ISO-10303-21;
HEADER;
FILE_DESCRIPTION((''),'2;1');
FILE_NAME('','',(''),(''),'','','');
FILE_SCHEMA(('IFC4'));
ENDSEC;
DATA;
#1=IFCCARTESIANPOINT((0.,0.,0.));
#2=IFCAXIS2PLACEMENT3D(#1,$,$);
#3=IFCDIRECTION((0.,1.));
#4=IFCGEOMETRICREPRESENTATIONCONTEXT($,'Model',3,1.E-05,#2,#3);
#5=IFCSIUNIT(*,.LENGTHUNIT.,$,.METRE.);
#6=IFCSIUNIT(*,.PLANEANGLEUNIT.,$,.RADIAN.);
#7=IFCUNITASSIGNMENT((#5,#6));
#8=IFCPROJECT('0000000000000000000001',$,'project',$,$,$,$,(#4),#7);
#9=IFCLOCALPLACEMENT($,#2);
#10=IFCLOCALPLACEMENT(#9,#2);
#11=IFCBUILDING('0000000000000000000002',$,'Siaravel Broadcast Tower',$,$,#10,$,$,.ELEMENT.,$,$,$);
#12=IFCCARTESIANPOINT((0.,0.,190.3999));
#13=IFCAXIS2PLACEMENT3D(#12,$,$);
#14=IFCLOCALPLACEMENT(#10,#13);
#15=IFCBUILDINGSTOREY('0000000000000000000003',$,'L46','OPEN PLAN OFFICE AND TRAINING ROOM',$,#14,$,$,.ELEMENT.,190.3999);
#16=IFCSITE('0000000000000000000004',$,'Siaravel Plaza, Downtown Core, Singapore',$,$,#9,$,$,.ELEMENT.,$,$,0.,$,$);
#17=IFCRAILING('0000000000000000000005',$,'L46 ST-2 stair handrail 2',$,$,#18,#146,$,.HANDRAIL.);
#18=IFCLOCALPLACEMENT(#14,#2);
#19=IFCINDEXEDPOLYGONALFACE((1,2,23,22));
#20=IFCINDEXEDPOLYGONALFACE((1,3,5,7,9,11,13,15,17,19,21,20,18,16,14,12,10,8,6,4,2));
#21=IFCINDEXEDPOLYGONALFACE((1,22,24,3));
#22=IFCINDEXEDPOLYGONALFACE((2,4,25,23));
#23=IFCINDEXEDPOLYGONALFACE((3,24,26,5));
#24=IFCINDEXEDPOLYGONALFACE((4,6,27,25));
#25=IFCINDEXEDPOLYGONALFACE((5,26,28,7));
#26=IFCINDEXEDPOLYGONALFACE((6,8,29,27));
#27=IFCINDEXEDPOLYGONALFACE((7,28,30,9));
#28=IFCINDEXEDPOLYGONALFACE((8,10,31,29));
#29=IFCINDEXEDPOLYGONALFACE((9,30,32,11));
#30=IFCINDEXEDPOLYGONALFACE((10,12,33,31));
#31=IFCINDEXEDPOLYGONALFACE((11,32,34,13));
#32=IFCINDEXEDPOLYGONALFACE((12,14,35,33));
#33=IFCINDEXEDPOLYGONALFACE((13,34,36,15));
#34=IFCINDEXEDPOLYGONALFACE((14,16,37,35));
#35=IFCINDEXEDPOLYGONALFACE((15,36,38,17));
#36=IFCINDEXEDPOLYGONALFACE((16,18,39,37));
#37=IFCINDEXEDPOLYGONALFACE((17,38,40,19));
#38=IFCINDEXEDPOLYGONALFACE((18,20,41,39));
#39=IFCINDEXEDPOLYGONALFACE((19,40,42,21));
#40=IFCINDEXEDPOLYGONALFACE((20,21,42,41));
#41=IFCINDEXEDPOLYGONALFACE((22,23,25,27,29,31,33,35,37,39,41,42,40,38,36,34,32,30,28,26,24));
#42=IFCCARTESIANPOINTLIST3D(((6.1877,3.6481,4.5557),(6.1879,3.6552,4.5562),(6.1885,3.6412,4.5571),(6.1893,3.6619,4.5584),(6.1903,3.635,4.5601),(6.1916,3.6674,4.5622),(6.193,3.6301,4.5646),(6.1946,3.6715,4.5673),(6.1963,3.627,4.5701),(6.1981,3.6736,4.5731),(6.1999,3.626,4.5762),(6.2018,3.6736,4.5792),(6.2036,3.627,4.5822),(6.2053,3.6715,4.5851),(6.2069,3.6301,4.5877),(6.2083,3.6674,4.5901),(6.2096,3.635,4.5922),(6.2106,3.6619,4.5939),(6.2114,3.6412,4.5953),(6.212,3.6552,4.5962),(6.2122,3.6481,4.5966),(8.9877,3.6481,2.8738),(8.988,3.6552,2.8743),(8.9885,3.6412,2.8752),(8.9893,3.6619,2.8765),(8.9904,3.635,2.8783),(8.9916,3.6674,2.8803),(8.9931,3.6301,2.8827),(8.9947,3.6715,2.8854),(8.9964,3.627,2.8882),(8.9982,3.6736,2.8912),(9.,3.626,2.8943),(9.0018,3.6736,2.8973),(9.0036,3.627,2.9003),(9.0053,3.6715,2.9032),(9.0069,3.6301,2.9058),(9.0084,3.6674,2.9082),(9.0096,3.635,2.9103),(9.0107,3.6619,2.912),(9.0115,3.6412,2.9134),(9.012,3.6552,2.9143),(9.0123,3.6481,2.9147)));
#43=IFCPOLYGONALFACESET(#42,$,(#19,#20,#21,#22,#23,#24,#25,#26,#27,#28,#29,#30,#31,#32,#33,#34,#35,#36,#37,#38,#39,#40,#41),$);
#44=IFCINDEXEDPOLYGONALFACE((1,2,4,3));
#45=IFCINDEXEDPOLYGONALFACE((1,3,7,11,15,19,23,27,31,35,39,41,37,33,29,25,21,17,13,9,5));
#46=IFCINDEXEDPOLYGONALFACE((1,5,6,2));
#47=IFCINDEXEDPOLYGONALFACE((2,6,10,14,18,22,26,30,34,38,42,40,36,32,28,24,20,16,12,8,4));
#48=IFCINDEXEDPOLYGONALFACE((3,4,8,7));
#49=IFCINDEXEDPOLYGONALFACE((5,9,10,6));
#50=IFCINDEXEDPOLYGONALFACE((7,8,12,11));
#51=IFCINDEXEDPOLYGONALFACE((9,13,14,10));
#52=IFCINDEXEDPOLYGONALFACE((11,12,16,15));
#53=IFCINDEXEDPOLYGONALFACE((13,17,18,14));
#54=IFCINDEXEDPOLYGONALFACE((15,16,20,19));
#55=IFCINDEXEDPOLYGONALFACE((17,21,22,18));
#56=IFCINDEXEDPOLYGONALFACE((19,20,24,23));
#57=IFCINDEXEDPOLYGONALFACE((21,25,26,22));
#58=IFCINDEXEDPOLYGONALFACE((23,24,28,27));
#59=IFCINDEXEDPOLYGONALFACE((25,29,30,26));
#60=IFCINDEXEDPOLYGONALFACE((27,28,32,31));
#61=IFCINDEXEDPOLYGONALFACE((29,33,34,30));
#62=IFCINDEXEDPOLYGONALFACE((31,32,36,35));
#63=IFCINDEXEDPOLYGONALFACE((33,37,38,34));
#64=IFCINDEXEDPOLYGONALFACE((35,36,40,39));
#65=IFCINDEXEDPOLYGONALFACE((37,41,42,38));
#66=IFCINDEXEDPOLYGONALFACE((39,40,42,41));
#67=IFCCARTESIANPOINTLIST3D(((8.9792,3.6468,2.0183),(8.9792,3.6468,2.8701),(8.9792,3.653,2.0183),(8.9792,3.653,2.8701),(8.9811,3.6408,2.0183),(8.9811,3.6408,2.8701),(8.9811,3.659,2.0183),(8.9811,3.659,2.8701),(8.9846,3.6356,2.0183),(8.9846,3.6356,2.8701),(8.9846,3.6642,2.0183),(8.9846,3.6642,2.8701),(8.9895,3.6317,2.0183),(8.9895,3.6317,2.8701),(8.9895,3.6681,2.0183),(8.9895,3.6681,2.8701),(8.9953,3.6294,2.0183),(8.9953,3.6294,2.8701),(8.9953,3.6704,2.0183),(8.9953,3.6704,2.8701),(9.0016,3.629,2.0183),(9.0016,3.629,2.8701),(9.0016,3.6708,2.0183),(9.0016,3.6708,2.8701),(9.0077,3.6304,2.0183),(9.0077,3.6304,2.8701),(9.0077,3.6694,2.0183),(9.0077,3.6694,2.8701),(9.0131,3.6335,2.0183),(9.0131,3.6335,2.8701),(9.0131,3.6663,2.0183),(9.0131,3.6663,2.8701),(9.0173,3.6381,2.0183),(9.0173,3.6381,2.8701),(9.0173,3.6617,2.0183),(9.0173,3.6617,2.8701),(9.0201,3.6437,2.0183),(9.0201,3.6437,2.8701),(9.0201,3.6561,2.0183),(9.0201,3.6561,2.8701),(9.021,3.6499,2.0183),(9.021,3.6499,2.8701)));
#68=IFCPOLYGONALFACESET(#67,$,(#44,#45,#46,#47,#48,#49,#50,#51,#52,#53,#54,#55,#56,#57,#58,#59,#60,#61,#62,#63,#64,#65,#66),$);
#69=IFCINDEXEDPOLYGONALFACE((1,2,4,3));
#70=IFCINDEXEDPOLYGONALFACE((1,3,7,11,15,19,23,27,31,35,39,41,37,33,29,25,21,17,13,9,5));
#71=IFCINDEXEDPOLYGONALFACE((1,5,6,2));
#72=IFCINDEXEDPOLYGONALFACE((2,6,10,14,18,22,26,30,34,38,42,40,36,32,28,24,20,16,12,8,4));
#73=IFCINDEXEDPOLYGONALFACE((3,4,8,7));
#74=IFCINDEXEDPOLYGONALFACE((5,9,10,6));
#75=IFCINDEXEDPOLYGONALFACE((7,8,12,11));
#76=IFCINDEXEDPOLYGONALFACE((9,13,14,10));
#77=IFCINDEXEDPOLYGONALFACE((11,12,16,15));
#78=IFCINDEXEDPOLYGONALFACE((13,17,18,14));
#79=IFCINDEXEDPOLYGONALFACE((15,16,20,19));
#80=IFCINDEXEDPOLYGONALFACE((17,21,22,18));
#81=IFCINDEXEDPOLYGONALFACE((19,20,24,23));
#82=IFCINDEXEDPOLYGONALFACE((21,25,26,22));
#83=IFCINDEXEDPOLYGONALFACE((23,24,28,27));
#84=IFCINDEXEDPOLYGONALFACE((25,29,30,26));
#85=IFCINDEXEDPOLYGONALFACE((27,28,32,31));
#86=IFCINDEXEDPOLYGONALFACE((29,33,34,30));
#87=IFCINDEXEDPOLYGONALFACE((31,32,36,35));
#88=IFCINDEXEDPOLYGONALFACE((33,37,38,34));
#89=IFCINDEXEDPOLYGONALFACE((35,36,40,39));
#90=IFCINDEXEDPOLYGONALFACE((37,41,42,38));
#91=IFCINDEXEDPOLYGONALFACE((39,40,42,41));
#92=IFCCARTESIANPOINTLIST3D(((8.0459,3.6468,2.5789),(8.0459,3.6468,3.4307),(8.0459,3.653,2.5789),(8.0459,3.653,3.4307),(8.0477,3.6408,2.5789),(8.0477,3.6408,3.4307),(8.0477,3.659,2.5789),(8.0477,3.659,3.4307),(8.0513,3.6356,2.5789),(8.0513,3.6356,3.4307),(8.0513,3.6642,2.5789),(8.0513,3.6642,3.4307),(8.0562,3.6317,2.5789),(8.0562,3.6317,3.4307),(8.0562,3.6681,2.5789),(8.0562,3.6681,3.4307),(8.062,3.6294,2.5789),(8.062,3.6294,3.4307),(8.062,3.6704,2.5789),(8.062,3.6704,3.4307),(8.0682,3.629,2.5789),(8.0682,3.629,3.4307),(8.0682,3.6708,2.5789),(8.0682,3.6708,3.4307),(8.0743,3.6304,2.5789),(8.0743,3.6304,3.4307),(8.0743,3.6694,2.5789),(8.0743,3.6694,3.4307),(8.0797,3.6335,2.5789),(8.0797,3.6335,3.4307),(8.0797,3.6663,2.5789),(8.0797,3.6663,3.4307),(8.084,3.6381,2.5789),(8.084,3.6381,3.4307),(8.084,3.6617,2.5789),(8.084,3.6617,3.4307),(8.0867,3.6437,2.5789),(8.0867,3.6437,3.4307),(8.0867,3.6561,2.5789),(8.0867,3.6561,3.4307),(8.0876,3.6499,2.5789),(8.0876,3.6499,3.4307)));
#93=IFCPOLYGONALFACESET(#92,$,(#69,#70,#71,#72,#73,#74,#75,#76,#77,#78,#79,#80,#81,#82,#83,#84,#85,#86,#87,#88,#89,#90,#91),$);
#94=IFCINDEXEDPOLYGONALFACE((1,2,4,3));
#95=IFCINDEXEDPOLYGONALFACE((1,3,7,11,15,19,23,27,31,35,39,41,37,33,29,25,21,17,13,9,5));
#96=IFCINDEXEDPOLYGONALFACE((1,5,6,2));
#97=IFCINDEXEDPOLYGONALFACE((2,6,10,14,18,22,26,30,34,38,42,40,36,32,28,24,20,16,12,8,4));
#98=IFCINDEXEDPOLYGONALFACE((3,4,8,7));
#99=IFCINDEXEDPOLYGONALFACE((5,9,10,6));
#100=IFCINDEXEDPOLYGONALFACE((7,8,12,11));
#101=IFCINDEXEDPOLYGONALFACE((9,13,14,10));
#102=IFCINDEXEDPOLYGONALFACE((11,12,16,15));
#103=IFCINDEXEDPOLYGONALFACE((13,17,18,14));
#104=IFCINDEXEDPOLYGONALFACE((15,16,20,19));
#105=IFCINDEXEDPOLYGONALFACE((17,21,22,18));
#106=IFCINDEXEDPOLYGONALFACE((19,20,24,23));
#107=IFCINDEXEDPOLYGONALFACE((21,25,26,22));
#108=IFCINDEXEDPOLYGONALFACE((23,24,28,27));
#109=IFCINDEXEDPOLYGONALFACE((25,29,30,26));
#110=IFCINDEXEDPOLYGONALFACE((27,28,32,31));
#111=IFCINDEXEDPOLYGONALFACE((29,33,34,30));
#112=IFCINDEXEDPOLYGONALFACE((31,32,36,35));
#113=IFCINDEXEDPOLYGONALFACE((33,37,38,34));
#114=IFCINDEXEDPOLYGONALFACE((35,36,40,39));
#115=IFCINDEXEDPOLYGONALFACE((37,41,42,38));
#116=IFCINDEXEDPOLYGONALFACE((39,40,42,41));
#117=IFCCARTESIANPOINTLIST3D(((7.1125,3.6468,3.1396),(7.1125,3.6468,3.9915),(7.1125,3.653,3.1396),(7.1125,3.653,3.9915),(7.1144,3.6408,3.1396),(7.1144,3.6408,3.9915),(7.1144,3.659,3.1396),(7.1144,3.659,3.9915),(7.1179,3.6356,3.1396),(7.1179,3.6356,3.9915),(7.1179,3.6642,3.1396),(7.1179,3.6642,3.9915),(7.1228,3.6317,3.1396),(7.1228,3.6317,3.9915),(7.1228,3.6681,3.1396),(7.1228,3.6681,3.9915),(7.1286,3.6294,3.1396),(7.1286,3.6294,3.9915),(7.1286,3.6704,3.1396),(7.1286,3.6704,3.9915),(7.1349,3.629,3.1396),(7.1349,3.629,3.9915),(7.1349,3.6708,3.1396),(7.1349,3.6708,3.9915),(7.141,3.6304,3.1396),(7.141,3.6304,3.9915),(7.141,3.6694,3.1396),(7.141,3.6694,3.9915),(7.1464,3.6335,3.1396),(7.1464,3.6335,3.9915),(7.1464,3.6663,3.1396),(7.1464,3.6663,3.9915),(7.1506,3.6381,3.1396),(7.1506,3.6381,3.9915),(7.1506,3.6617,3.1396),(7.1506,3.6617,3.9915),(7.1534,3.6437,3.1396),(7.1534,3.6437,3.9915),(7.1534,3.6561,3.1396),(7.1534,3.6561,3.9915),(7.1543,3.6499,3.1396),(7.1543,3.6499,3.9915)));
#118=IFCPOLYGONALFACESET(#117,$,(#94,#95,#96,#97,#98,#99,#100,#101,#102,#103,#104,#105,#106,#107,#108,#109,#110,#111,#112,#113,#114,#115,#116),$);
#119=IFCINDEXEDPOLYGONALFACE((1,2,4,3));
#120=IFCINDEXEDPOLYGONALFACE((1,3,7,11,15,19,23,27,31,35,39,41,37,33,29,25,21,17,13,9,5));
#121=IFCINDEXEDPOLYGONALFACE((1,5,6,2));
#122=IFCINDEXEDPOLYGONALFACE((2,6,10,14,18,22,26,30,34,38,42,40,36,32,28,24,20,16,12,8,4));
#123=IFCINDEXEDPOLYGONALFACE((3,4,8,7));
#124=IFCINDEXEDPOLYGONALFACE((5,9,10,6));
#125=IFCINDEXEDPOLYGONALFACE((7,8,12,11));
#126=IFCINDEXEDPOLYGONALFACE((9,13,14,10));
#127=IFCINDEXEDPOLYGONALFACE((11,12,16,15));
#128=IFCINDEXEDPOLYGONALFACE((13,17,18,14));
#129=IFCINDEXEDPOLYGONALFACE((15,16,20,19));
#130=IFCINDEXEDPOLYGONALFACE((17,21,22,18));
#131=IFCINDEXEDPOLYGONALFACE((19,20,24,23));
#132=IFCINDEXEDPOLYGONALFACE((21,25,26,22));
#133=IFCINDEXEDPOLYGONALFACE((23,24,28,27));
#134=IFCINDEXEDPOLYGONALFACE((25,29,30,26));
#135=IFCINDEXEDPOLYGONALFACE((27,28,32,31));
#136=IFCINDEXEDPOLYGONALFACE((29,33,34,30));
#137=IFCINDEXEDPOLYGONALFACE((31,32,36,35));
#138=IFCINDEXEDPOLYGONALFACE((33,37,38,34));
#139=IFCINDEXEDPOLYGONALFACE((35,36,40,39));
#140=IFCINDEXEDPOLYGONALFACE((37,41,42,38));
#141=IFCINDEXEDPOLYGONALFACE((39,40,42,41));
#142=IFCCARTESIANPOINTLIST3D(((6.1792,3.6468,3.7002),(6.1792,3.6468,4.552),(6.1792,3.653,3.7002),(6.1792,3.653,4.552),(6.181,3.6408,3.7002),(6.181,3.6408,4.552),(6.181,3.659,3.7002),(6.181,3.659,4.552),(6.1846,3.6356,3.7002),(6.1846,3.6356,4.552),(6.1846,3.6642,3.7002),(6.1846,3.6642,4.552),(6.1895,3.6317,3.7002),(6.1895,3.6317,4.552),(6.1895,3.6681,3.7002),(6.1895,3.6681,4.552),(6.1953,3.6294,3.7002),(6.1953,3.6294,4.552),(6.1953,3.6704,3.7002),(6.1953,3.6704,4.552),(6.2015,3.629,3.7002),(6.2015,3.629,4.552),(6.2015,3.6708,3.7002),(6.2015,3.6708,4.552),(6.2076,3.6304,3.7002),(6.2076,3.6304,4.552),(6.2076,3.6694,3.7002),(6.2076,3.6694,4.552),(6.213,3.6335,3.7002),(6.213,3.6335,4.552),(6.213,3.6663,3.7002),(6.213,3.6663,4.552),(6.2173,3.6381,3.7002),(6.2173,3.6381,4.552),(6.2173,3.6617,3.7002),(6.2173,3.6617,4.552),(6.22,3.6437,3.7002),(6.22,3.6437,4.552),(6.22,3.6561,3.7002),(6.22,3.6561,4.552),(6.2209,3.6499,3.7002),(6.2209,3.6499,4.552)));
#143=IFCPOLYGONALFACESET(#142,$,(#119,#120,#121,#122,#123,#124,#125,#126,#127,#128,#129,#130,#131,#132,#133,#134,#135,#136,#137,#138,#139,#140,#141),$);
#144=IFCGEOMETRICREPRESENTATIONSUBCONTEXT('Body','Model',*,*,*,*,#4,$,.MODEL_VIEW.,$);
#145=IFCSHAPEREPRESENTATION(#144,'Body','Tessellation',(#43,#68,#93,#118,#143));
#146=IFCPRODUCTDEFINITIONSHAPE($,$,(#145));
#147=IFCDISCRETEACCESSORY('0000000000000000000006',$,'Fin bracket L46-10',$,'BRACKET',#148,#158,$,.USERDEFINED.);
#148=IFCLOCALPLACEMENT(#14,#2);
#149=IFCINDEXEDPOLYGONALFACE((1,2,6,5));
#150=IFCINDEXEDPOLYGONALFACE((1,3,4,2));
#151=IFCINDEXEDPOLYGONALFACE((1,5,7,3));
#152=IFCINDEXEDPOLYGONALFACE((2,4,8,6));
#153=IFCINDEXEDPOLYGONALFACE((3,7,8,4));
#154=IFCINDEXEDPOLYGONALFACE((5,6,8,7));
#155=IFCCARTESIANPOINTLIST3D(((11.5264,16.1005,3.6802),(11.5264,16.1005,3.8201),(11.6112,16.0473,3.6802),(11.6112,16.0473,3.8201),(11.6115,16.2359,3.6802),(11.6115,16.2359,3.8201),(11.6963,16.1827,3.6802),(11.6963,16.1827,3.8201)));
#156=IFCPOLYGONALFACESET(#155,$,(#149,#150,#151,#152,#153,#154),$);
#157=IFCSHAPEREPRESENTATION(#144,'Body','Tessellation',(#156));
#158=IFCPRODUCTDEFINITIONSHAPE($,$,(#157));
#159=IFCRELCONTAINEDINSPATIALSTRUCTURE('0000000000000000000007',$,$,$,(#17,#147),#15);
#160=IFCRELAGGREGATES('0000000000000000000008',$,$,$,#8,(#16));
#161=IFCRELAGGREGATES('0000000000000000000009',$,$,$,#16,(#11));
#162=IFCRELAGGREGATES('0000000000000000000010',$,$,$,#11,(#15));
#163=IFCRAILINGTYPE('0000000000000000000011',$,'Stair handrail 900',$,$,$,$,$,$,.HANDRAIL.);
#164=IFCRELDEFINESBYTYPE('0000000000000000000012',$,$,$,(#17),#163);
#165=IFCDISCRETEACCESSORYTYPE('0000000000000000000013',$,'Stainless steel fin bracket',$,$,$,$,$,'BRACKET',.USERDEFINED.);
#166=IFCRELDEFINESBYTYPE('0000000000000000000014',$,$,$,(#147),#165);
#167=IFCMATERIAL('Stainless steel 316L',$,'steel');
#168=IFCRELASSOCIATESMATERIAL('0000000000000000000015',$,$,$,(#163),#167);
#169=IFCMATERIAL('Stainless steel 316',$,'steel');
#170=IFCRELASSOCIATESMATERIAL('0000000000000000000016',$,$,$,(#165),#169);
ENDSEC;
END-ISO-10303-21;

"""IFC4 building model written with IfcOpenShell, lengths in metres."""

from ifc_helpers import new_model, si_unit, direction, frame, origin, origin_2d, place, context, subcontext, project, spatial, rectangle, circle, extrude, material, type_object, element, save


model = new_model("IFC4")

# Units and contexts
model_context = context("Model", 3, precision=1e-05, world=origin(), true_north=direction((0.0, 1.0)))
body_context = subcontext(model_context, "Body", "Model", "MODEL_VIEW")
ifc_project = project(units=[si_unit("LENGTHUNIT", "METRE"), si_unit("PLANEANGLEUNIT", "RADIAN")], contexts=[model_context])

# Site, building, storey
site_placement = place(None, origin())
site = spatial("IfcSite", under=ifc_project, at=site_placement, Name="Siaravel Plaza, Downtown Core, Singapore", CompositionType="ELEMENT", RefElevation=0.0)
building_placement = place(site_placement, origin())
building = spatial("IfcBuilding", under=site, at=building_placement, Name="Siaravel Broadcast Tower", CompositionType="ELEMENT")
storey_placement = place(building_placement, frame((0.0, 0.0, 190.3999)))
storey = spatial("IfcBuildingStorey", under=building, at=storey_placement, Name="L46", Description="OPEN PLAN OFFICE AND TRAINING ROOM", CompositionType="ELEMENT", Elevation=190.3999)

# Railing
ifc_material_1 = material(Name="Stainless steel 316L", Category="steel")
railing_type_1 = type_object("IfcRailingType", Name="Stair handrail 900", PredefinedType="HANDRAIL", material=ifc_material_1)
railing_1_placement = place(storey_placement, frame((9.0, 3.6499, 2.0183)))
element("IfcRailing", 1, at=railing_1_placement, inside=storey, type_object=railing_type_1, Name="L46 ST-2 stair handrail 2", PredefinedType="HANDRAIL", context=body_context, shape_type="SweptSolid", body=[
    extrude(circle(Radius=0.0239, at=origin_2d()), frame((0.0, 0.0, 0.876), z_axis=(-0.857242, 0.0, 0.514913), x_axis=(0.0, -1.0, 0.0)), (0.0, 0.0, 1.0), 3.2664),
    extrude(circle(Radius=0.021, at=origin_2d()), origin(), (0.0, 0.0, 1.0), 0.8518),
    extrude(circle(Radius=0.021, at=origin_2d()), frame((-0.9333, 0.0, 0.5605)), (0.0, 0.0, 1.0), 0.8518),
    extrude(circle(Radius=0.021, at=origin_2d()), frame((-1.8667, 0.0, 1.1213)), (0.0, 0.0, 1.0), 0.8518),
    extrude(circle(Radius=0.021, at=origin_2d()), frame((-2.8, 0.0, 1.6819)), (0.0, 0.0, 1.0), 0.8518),
])

# Discrete accessory
ifc_material_2 = material(Name="Stainless steel 316", Category="steel")
discrete_accessory_type = type_object("IfcDiscreteAccessoryType", Name="Stainless steel fin bracket", ElementType="BRACKET", PredefinedType="USERDEFINED", material=ifc_material_2)
discrete_accessory_placement = place(storey_placement, frame((11.6113, 16.1416, 3.6802), z_axis=(0.0, 0.0, 1.0), x_axis=(0.532149, 0.84665, 0.0)))
element("IfcDiscreteAccessory", 2, at=discrete_accessory_placement, inside=storey, type_object=discrete_accessory_type, Name="Fin bracket L46-10", ObjectType="BRACKET", PredefinedType="USERDEFINED", context=body_context, shape_type="SweptSolid", body=[
    extrude(rectangle(XDim=0.1599, YDim=0.1001, at=origin_2d()), origin(), (0.0, 0.0, 1.0), 0.1399),
])

save(model, "model.ifc")
